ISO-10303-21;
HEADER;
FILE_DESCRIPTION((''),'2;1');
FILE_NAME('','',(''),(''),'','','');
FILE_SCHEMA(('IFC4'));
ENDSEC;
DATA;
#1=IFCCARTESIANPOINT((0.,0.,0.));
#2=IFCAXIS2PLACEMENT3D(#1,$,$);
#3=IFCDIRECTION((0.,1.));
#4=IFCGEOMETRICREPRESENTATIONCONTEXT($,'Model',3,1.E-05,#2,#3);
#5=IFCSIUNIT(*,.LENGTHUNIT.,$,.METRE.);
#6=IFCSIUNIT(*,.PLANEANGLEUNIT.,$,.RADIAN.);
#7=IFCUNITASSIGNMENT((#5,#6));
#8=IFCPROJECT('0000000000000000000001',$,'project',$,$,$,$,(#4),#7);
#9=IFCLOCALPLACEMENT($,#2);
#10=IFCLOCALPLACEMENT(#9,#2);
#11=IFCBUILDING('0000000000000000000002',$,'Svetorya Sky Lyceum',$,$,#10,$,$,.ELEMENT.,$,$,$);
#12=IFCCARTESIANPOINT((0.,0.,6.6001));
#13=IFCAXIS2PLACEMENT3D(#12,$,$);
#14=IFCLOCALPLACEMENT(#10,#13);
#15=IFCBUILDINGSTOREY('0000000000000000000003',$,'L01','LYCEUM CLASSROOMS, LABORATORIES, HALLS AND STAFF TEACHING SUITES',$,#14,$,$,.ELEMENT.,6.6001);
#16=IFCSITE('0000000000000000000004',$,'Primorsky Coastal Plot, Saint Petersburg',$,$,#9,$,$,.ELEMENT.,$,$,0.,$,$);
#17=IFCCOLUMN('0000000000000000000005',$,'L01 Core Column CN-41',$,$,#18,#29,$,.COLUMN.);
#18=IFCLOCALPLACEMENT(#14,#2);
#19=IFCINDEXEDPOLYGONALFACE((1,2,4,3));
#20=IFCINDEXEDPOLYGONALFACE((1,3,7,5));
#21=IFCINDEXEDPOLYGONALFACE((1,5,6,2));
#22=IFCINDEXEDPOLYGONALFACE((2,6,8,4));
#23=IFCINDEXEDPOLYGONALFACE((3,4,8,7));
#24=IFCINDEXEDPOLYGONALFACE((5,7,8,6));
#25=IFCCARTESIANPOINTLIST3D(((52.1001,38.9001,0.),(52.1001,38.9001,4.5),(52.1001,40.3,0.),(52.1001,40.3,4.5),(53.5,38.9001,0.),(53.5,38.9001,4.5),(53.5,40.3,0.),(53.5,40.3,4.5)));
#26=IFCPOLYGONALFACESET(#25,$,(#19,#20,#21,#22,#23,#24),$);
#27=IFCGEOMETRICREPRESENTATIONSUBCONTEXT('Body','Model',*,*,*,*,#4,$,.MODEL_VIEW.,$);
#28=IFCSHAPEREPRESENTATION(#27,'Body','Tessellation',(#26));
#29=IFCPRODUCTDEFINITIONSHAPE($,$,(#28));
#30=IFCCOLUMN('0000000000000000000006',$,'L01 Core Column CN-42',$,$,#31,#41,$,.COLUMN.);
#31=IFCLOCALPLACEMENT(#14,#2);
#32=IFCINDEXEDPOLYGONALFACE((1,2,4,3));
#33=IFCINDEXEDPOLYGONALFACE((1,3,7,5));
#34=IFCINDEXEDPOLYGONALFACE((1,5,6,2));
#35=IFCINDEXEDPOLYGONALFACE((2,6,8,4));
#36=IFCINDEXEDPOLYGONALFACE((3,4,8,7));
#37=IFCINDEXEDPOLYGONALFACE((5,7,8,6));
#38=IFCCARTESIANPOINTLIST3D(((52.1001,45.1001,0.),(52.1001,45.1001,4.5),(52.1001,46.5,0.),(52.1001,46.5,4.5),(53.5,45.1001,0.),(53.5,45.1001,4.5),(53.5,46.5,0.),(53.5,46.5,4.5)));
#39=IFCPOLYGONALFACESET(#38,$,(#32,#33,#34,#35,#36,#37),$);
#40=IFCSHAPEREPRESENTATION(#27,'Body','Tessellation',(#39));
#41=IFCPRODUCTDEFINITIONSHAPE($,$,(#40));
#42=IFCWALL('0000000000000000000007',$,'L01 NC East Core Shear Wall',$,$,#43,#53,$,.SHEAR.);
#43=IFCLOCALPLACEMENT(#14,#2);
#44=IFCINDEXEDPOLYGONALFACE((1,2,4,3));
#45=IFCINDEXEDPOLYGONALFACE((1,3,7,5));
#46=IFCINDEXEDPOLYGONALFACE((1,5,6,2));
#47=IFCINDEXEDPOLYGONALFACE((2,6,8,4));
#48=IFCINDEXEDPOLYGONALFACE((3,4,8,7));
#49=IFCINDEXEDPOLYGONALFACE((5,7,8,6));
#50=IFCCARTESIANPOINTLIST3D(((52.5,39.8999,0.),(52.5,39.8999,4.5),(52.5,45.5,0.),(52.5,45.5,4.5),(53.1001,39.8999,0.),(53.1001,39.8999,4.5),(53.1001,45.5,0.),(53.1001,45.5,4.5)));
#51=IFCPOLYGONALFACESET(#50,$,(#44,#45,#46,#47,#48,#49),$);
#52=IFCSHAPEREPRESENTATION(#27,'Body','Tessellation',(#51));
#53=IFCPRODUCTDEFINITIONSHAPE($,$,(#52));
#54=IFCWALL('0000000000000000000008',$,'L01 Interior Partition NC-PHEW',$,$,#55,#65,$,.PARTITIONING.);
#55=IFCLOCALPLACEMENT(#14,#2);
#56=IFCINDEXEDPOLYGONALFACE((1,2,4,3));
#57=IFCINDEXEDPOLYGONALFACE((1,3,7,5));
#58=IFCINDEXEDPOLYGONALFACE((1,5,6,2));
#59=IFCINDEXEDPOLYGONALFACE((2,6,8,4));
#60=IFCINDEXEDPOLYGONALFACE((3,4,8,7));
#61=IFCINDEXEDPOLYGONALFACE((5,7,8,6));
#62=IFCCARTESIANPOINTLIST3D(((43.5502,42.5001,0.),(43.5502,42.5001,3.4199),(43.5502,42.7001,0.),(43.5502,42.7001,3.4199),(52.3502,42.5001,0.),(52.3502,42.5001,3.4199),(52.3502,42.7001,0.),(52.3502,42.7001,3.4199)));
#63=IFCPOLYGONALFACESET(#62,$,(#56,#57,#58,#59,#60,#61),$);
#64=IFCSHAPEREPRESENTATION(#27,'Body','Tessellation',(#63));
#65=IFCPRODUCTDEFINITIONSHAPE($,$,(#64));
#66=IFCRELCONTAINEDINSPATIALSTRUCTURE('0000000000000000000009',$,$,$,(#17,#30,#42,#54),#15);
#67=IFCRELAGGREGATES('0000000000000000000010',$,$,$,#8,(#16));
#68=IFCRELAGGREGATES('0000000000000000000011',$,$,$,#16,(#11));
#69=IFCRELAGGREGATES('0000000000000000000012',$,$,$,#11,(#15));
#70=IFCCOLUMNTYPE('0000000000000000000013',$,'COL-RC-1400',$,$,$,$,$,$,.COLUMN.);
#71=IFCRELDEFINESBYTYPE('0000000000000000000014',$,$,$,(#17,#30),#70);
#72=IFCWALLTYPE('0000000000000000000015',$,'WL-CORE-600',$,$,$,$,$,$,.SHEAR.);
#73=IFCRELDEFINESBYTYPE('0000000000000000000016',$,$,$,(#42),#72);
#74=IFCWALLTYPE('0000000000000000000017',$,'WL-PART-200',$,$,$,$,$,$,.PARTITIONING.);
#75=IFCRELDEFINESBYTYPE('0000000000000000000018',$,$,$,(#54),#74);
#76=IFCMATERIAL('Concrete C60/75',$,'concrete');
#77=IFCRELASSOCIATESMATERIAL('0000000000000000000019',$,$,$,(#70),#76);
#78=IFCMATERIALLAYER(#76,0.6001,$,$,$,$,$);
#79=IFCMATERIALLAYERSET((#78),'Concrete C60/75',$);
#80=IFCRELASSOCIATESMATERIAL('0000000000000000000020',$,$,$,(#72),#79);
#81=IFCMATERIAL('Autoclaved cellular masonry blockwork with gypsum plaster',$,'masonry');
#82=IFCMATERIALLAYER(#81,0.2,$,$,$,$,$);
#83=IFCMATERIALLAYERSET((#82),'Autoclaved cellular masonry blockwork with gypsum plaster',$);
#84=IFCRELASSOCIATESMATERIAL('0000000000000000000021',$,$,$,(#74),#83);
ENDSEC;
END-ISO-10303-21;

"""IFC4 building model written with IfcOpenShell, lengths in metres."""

from ifc_helpers import new_model, si_unit, direction, frame, frame_2d, origin, origin_2d, place, context, subcontext, project, spatial, rectangle, extrude, material, layer, layer_set, material_profile, profile_set, type_object, element, save


model = new_model("IFC4")

# Units and contexts
model_context = context("Model", 3, precision=1e-05, world=origin(), true_north=direction((0.0, 1.0)))
body_context = subcontext(model_context, "Body", "Model", "MODEL_VIEW")
ifc_project = project(units=[si_unit("LENGTHUNIT", "METRE"), si_unit("PLANEANGLEUNIT", "RADIAN")], contexts=[model_context])

# Site, building, storey
site_placement = place(None, origin())
site = spatial("IfcSite", under=ifc_project, at=site_placement, Name="Primorsky Coastal Plot, Saint Petersburg", CompositionType="ELEMENT", RefElevation=0.0)
building_placement = place(site_placement, origin())
building = spatial("IfcBuilding", under=site, at=building_placement, Name="Svetorya Sky Lyceum", CompositionType="ELEMENT")
storey_placement = place(building_placement, frame((0.0, 0.0, 6.6001)))
storey = spatial("IfcBuildingStorey", under=building, at=storey_placement, Name="L01", Description="LYCEUM CLASSROOMS, LABORATORIES, HALLS AND STAFF TEACHING SUITES", CompositionType="ELEMENT", Elevation=6.6001)

# Columns
ifc_material_1 = material(Name="Concrete C60/75", Category="concrete")
ifc_material_profile = material_profile(ifc_material_1, rectangle(XDim=1.3999, YDim=1.3999, at=origin_2d()), Name="RC COL 1400x1400")
ifc_profile_set = profile_set([ifc_material_profile], Name="Concrete C60/75")
column_type = type_object("IfcColumnType", Name="COL-RC-1400", PredefinedType="COLUMN", material=ifc_profile_set)
for number, where, z_axis, x_axis, name in (
    (1, (52.8, 39.6001, 0.0), (0.0, 0.0, 1.0), (1.0, 0.0, 0.0), "L01 Core Column CN-41"),
    (2, (52.8, 45.8, 0.0), (0.0, 0.0, 1.0), (1.0, 0.0, 0.0), "L01 Core Column CN-42"),
):
    element("IfcColumn", number, at=place(storey_placement, frame(where, z_axis=z_axis, x_axis=x_axis)), inside=storey, type_object=column_type, Name=name, PredefinedType="COLUMN", context=body_context, shape_type="SweptSolid", body=[
        extrude(rectangle(XDim=1.3999, YDim=1.3999, at=origin_2d()), origin(), (0.0, 0.0, 1.0), 4.5),
    ])

# Wall
ifc_layer_1 = layer(ifc_material_1, 0.6001)
ifc_layer_set_1 = layer_set([ifc_layer_1], Name="Concrete C60/75")
wall_type_1 = type_object("IfcWallType", Name="WL-CORE-600", PredefinedType="SHEAR", material=ifc_layer_set_1)
wall_1_placement = place(storey_placement, frame((52.8, 39.8999, 0.0), z_axis=(0.0, 0.0, 1.0), x_axis=(0.0, 1.0, 0.0)))
element("IfcWall", 3, at=wall_1_placement, inside=storey, type_object=wall_type_1, Name="L01 NC East Core Shear Wall", PredefinedType="SHEAR", context=body_context, shape_type="SweptSolid", body=[
    extrude(rectangle(XDim=5.6001, YDim=0.6001, at=frame_2d((2.8, 0.0))), origin(), (0.0, 0.0, 1.0), 4.5),
])

# Wall
ifc_material_2 = material(Name="Autoclaved cellular masonry blockwork with gypsum plaster", Category="masonry")
ifc_layer_2 = layer(ifc_material_2, 0.2)
ifc_layer_set_2 = layer_set([ifc_layer_2], Name="Autoclaved cellular masonry blockwork with gypsum plaster")
wall_type_2 = type_object("IfcWallType", Name="WL-PART-200", PredefinedType="PARTITIONING", material=ifc_layer_set_2)
wall_2_placement = place(storey_placement, frame((52.3501, 42.6001, 0.0), z_axis=(0.0, 0.0, 1.0), x_axis=(-1.0, 0.0, 0.0)))
element("IfcWall", 4, at=wall_2_placement, inside=storey, type_object=wall_type_2, Name="L01 Interior Partition NC-PHEW", PredefinedType="PARTITIONING", context=body_context, shape_type="SweptSolid", body=[
    extrude(rectangle(XDim=8.8, YDim=0.2, at=frame_2d((4.3999, 0.0))), origin(), (0.0, 0.0, 1.0), 3.4199),
])

save(model, "model.ifc")
